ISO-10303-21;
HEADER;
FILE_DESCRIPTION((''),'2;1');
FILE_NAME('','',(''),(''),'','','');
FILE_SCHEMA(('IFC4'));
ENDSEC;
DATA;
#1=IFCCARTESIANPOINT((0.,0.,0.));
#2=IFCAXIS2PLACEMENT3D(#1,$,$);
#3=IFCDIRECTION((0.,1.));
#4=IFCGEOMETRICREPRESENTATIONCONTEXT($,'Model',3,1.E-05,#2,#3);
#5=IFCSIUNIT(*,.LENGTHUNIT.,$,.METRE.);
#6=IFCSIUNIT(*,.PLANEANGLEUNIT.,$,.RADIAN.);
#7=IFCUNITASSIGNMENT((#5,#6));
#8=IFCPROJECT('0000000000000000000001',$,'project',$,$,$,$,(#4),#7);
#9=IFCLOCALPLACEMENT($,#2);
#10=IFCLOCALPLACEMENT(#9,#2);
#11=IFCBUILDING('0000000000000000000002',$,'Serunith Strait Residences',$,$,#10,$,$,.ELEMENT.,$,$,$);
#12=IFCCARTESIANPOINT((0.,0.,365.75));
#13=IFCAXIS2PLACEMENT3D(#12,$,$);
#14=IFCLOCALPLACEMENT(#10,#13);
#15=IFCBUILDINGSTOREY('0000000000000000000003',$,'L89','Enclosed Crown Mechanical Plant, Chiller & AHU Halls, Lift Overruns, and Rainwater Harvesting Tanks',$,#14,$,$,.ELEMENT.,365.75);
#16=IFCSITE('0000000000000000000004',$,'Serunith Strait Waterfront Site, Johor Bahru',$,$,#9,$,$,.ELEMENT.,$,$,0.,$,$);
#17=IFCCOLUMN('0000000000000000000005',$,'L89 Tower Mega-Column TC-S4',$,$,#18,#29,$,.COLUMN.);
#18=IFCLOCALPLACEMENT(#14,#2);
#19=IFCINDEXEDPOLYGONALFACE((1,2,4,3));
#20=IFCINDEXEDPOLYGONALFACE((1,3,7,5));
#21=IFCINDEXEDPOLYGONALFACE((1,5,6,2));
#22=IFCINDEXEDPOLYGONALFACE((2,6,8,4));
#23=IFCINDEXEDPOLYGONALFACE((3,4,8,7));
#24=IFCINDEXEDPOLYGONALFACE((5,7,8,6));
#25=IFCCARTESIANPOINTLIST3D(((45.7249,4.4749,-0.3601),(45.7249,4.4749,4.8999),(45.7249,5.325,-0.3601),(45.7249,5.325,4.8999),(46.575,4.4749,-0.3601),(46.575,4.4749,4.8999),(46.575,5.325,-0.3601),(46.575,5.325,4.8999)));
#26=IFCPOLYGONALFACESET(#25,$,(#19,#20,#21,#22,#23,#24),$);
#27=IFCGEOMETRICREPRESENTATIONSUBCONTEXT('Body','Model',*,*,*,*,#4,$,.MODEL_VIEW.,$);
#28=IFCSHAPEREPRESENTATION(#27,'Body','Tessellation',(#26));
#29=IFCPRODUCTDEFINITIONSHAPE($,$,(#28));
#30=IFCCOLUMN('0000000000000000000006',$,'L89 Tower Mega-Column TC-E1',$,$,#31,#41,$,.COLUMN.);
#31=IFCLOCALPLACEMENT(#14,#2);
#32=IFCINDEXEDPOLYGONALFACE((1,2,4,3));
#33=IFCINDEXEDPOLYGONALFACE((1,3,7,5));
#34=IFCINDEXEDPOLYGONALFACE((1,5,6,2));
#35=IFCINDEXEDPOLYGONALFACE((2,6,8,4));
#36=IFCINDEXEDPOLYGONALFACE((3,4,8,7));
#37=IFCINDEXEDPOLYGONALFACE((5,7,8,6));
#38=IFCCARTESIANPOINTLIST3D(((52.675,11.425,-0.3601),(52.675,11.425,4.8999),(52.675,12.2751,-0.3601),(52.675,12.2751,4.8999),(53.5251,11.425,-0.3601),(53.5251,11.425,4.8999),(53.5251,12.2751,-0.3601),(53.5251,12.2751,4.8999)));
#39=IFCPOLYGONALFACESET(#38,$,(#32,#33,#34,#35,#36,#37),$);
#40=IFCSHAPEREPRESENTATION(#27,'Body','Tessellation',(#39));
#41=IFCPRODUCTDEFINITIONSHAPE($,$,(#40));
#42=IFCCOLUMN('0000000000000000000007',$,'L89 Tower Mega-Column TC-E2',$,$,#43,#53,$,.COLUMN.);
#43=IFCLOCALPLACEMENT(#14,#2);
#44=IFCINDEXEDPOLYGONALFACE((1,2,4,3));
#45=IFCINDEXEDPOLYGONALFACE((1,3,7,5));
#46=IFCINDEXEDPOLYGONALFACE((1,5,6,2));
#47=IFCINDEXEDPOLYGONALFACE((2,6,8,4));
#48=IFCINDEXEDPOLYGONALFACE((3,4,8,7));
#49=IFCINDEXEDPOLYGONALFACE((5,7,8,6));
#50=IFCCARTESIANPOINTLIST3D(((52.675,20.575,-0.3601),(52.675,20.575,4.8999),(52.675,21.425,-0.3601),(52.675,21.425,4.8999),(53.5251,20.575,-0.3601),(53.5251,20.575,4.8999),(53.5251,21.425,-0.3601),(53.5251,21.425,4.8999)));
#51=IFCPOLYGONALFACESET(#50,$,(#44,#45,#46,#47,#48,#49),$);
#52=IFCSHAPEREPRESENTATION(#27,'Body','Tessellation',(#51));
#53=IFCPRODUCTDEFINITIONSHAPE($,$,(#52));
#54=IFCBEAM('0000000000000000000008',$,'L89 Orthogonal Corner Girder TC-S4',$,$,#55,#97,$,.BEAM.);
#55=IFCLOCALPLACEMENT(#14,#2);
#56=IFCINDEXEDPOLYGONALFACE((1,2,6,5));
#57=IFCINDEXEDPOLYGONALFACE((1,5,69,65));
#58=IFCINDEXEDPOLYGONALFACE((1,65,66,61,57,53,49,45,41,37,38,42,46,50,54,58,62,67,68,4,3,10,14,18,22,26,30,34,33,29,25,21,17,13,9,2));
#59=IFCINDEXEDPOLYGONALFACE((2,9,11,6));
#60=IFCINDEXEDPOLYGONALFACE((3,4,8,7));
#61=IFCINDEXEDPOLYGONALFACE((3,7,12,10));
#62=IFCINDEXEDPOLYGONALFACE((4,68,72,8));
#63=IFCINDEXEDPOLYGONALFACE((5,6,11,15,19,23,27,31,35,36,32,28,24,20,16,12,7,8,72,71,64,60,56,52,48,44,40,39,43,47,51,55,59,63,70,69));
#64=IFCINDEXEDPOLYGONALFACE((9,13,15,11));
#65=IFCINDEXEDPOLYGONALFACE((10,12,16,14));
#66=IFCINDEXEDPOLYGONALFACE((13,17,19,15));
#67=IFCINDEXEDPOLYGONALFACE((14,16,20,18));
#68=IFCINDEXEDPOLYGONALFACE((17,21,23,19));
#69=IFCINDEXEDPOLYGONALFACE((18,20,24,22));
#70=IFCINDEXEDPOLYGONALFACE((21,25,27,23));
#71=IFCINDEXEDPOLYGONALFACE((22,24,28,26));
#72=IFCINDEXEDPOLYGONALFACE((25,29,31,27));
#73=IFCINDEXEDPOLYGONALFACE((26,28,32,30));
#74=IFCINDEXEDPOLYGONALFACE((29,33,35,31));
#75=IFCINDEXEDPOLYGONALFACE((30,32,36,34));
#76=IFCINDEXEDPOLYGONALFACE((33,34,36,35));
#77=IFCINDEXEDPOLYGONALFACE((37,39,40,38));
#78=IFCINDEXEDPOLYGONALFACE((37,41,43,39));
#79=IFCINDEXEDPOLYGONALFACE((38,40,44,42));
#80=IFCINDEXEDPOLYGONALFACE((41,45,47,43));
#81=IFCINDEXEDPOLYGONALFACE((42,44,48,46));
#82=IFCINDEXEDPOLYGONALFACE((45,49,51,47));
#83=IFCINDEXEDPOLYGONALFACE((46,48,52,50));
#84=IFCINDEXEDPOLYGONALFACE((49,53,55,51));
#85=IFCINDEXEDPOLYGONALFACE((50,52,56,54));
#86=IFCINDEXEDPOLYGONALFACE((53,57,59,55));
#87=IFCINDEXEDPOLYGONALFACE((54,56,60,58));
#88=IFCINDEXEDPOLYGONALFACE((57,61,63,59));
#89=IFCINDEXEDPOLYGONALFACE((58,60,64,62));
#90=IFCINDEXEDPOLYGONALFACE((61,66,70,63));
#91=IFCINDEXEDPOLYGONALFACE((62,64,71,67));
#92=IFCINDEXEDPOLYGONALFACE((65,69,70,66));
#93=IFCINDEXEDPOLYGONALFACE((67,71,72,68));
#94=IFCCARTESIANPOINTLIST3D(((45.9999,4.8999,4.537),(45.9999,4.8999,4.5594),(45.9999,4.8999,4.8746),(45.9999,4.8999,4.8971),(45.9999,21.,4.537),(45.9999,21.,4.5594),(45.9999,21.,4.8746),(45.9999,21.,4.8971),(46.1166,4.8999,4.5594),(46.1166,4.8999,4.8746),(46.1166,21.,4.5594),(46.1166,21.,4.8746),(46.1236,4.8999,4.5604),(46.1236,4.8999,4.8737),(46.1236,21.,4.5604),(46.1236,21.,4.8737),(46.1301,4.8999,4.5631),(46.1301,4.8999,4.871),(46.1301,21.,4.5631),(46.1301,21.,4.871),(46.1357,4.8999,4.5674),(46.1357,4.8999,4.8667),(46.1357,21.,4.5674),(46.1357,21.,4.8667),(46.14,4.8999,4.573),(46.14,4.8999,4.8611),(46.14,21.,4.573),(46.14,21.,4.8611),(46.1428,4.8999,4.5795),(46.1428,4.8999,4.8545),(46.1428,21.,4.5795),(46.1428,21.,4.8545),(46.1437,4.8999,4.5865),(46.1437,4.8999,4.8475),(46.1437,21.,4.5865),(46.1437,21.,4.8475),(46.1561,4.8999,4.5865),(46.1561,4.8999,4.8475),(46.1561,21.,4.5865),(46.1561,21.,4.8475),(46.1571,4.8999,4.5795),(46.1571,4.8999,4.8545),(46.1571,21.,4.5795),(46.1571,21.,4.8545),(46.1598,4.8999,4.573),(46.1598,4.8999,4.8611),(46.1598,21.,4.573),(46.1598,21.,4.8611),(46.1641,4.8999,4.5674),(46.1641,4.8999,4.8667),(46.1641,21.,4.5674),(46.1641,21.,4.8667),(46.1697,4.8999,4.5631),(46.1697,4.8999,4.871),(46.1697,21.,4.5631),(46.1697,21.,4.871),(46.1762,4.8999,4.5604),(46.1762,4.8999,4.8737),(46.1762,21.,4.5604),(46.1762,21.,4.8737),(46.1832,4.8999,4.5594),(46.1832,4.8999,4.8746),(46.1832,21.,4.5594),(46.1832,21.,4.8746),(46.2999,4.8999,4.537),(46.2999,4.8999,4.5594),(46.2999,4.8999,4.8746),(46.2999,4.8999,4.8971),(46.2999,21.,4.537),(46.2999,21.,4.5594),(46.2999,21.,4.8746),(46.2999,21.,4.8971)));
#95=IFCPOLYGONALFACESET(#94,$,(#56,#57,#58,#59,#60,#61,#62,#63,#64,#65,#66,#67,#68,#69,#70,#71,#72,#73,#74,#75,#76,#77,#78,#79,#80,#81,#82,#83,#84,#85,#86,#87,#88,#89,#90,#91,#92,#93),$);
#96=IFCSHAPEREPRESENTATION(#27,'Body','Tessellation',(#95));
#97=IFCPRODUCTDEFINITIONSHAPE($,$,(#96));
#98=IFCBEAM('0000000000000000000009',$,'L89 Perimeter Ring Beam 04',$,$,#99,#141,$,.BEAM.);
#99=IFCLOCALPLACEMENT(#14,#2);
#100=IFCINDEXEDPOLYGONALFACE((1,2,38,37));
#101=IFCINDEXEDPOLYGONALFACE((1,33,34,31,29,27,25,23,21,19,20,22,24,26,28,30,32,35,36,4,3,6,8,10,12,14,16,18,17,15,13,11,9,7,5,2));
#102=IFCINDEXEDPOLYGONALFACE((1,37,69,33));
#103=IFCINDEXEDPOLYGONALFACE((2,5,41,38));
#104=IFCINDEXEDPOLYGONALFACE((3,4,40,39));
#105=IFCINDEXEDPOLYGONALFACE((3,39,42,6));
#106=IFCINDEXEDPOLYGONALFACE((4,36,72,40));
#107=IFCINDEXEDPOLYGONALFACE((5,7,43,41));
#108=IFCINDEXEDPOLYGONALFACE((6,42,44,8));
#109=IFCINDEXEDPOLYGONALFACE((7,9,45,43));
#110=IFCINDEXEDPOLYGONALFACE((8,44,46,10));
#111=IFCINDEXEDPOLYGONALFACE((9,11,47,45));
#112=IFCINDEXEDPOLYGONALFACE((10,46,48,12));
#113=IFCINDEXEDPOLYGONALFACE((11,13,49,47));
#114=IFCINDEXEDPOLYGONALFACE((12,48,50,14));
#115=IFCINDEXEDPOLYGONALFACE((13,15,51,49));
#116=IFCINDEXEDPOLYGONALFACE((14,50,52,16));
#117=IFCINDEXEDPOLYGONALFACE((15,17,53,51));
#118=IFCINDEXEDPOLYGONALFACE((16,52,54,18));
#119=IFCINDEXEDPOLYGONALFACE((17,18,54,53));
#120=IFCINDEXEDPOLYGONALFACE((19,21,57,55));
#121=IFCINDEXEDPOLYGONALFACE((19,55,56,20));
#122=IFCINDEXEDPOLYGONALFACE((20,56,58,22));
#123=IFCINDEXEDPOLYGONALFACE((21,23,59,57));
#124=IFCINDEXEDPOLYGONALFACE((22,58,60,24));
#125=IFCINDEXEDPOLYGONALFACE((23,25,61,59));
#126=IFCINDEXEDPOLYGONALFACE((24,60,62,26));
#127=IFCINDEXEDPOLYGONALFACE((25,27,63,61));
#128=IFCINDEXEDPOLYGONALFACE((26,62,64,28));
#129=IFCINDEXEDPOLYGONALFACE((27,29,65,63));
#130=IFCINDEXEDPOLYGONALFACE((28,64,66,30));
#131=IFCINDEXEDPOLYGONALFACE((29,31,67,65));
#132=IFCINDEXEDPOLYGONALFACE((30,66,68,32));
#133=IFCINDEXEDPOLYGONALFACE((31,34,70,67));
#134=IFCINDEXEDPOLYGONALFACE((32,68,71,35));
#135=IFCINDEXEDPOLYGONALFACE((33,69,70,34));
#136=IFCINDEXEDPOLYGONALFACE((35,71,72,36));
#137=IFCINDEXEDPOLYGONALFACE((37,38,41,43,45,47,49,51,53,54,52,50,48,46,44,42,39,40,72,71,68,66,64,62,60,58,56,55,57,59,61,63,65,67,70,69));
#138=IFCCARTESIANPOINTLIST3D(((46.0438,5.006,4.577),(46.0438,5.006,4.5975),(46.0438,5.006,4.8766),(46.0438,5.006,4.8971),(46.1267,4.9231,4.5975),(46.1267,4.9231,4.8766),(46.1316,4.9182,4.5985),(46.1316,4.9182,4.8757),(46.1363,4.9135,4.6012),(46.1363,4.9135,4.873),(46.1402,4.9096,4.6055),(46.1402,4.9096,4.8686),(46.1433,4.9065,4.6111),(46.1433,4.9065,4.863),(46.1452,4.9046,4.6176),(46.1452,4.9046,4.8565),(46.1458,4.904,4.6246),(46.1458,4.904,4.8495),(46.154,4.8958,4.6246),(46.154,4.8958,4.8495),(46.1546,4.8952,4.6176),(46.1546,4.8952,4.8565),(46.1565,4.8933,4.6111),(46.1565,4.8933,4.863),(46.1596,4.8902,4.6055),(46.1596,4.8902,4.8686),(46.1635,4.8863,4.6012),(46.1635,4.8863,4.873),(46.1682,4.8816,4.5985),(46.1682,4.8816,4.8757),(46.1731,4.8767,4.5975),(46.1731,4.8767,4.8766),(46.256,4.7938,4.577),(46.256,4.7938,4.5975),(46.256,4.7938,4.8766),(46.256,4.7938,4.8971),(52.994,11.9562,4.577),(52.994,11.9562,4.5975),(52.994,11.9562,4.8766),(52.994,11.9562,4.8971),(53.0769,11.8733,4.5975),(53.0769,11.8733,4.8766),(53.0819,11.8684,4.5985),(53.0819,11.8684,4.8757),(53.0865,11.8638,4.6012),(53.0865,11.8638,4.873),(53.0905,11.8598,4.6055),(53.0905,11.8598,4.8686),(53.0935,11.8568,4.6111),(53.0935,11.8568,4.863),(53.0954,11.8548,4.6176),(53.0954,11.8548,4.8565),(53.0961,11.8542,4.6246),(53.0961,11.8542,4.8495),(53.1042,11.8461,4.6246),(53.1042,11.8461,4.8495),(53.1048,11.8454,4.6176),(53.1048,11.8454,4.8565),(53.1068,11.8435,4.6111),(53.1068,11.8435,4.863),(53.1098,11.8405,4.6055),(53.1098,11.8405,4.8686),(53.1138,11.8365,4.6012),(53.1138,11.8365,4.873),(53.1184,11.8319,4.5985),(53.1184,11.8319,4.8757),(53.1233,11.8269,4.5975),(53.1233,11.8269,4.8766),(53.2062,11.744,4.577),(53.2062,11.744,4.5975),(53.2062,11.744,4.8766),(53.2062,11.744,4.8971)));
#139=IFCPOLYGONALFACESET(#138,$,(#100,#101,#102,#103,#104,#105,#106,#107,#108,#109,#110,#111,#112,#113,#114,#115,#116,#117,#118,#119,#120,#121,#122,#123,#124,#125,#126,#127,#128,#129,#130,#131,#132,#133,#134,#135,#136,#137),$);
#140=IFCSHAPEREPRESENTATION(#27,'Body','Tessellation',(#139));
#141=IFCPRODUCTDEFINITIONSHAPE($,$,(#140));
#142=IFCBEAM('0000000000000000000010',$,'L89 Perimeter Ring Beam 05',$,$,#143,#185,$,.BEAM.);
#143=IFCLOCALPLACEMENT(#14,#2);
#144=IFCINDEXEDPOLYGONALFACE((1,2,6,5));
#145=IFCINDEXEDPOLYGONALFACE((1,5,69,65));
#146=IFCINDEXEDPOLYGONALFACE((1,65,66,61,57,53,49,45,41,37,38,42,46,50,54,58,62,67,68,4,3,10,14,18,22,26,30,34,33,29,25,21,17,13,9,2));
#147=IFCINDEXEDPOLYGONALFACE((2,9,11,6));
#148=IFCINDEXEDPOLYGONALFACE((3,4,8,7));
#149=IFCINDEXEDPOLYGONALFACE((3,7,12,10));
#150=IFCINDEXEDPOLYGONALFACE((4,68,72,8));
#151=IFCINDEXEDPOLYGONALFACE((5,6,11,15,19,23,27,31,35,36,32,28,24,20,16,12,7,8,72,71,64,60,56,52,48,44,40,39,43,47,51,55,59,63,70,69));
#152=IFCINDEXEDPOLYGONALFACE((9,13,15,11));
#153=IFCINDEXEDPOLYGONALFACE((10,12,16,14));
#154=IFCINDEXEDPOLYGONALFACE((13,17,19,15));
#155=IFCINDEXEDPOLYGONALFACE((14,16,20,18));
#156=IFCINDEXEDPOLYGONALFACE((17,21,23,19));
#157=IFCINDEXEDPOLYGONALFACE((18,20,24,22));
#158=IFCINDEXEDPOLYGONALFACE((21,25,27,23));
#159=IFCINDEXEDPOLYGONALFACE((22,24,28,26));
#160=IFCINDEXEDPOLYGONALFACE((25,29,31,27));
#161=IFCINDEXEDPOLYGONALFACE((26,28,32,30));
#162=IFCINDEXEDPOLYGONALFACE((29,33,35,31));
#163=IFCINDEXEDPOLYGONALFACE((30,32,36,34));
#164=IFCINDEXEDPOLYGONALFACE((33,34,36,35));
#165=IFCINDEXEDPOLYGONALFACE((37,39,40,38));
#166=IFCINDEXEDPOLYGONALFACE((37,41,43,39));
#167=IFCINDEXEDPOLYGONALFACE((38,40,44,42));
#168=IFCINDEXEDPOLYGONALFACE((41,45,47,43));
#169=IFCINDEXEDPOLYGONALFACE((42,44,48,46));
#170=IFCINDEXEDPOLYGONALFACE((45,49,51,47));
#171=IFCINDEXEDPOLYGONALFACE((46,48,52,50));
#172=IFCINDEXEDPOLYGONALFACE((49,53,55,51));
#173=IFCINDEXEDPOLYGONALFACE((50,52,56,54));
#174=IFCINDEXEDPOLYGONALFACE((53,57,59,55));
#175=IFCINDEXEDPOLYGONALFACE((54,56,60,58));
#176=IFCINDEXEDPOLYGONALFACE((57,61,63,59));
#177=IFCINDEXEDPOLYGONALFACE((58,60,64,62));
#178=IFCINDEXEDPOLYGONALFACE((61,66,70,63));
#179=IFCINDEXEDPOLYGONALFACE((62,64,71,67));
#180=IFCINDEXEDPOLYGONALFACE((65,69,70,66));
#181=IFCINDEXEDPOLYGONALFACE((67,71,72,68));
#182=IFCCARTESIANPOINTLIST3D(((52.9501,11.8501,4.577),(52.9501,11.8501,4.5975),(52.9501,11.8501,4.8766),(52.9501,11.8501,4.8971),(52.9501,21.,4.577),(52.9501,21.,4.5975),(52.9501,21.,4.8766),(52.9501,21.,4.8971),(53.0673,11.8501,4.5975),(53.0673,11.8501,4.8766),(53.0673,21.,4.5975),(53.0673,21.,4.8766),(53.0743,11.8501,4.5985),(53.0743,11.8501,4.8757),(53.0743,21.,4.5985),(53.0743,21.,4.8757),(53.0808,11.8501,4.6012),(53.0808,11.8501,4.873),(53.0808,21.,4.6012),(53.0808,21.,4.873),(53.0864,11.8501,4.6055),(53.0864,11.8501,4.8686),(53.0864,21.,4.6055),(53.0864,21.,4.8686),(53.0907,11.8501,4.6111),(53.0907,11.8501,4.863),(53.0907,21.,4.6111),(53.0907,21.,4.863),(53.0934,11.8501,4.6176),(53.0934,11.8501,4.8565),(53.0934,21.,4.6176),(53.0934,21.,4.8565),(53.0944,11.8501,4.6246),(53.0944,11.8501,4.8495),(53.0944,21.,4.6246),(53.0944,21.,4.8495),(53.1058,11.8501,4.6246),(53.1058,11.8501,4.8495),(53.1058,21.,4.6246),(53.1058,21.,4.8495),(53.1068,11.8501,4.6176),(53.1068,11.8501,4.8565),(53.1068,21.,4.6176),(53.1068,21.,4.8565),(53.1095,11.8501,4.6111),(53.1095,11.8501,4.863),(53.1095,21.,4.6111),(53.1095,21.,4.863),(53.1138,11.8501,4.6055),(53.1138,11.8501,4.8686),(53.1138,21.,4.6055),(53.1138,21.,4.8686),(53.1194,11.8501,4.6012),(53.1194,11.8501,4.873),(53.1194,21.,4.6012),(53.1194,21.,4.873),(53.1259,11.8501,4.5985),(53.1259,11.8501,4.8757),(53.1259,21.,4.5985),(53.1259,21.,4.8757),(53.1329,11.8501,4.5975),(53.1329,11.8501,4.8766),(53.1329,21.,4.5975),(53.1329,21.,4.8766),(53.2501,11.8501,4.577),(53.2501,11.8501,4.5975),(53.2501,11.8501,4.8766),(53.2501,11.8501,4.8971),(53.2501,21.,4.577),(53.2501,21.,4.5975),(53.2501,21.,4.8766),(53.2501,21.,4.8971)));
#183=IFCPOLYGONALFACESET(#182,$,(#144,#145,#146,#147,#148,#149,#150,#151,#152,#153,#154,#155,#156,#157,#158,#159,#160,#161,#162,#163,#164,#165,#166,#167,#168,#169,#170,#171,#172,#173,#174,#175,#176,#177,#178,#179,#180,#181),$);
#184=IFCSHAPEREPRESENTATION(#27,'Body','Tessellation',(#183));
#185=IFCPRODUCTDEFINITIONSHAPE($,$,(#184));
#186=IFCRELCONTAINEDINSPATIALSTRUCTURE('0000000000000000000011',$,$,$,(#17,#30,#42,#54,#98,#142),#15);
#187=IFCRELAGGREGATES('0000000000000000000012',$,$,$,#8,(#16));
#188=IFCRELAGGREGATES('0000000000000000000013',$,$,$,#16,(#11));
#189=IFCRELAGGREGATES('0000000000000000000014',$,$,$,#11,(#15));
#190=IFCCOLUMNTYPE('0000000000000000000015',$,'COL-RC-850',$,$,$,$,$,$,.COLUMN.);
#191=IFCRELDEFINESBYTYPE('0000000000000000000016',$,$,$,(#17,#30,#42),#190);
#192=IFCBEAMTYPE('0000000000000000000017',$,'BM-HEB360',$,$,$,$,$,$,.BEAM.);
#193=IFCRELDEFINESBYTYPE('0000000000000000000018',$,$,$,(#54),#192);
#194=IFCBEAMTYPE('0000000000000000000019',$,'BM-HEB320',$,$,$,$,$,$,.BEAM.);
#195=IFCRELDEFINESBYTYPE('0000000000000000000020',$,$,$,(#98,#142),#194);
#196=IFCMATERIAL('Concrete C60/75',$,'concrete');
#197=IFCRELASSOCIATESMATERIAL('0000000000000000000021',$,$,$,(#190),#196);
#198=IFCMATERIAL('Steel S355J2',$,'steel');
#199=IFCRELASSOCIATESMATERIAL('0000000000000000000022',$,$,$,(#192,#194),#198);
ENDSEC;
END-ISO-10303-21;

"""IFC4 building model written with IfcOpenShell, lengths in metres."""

from ifc_helpers import new_model, si_unit, direction, frame, origin, origin_2d, place, context, subcontext, project, spatial, rectangle, i_section, extrude, source, transform, mapped, material, material_profile, profile_set, type_object, element, save


model = new_model("IFC4")

# Units and contexts
model_context = context("Model", 3, precision=1e-05, world=origin(), true_north=direction((0.0, 1.0)))
body_context = subcontext(model_context, "Body", "Model", "MODEL_VIEW")
ifc_project = project(units=[si_unit("LENGTHUNIT", "METRE"), si_unit("PLANEANGLEUNIT", "RADIAN")], contexts=[model_context])

# Site, building, storey
site_placement = place(None, origin())
site = spatial("IfcSite", under=ifc_project, at=site_placement, Name="Serunith Strait Waterfront Site, Johor Bahru", CompositionType="ELEMENT", RefElevation=0.0)
building_placement = place(site_placement, origin())
building = spatial("IfcBuilding", under=site, at=building_placement, Name="Serunith Strait Residences", CompositionType="ELEMENT")
storey_placement = place(building_placement, frame((0.0, 0.0, 365.75)))
storey = spatial("IfcBuildingStorey", under=building, at=storey_placement, Name="L89", Description="Enclosed Crown Mechanical Plant, Chiller & AHU Halls, Lift Overruns, and Rainwater Harvesting Tanks", CompositionType="ELEMENT", Elevation=365.75)

# Columns
ifc_material_1 = material(Name="Concrete C60/75", Category="concrete")
ifc_material_profile_1 = material_profile(ifc_material_1, rectangle(XDim=0.8501, YDim=0.8501, at=origin_2d()), Name="RC 850x850")
ifc_profile_set_1 = profile_set([ifc_material_profile_1], Name="Concrete C60/75")
column_type = type_object("IfcColumnType", Name="COL-RC-850", PredefinedType="COLUMN", material=ifc_profile_set_1)
shared_shape_1 = source(origin(), body_context, "Body", "SweptSolid", [
    extrude(rectangle(XDim=0.8501, YDim=0.8501, at=origin_2d()), origin(), (0.0, 0.0, 1.0), 5.26),
])
for number, where, z_axis, x_axis, name in (
    (1, (46.1499, 4.8999, -0.3601), (0.0, 0.0, 1.0), (1.0, 0.0, 0.0), "L89 Tower Mega-Column TC-S4"),
    (2, (53.1001, 11.8501, -0.3601), (0.0, 0.0, 1.0), (1.0, 0.0, 0.0), "L89 Tower Mega-Column TC-E1"),
    (3, (53.1001, 21.0, -0.3601), (0.0, 0.0, 1.0), (1.0, 0.0, 0.0), "L89 Tower Mega-Column TC-E2"),
):
    element("IfcColumn", number, at=place(storey_placement, frame(where, z_axis=z_axis, x_axis=x_axis)), inside=storey, type_object=column_type, Name=name, PredefinedType="COLUMN", context=body_context, shape_type="MappedRepresentation", body=[
        mapped(shared_shape_1, transform((0.0, 0.0, 0.0), scale=1.0)),
    ])

# Beams
ifc_material_2 = material(Name="Steel S355J2", Category="steel")
ifc_material_profile_2 = material_profile(ifc_material_2, i_section(OverallWidth=0.3, OverallDepth=0.3601, WebThickness=0.0125, FlangeThickness=0.0225, FilletRadius=0.0271, at=origin_2d()), Name="HEB 360")
ifc_profile_set_2 = profile_set([ifc_material_profile_2], Name="Steel S355J2")
beam_type_1 = type_object("IfcBeamType", Name="BM-HEB360", PredefinedType="BEAM", material=ifc_profile_set_2)
shared_shape_2 = source(origin(), body_context, "Body", "SweptSolid", [
    extrude(i_section(OverallWidth=0.3, OverallDepth=0.3601, WebThickness=0.0125, FlangeThickness=0.0225, FilletRadius=0.0271, at=origin_2d()), origin(), (0.0, 0.0, 1.0), 16.1001),
])
beam_1_placement = place(storey_placement, frame((46.1499, 21.0, 4.717), z_axis=(0.0, -1.0, 0.0), x_axis=(1.0, 0.0, 0.0)))
element("IfcBeam", 4, at=beam_1_placement, inside=storey, type_object=beam_type_1, Name="L89 Orthogonal Corner Girder TC-S4", PredefinedType="BEAM", context=body_context, shape_type="MappedRepresentation", body=[
    mapped(shared_shape_2, transform((0.0, 0.0, 0.0), scale=1.0)),
])
ifc_material_profile_3 = material_profile(ifc_material_2, i_section(OverallWidth=0.3, OverallDepth=0.3201, WebThickness=0.0115, FlangeThickness=0.0205, FilletRadius=0.0271, at=origin_2d()), Name="HEB 320")
ifc_profile_set_3 = profile_set([ifc_material_profile_3], Name="Steel S355J2")
beam_type_2 = type_object("IfcBeamType", Name="BM-HEB320", PredefinedType="BEAM", material=ifc_profile_set_3)
shared_shape_3 = source(origin(), body_context, "Body", "SweptSolid", [
    extrude(i_section(OverallWidth=0.3, OverallDepth=0.3201, WebThickness=0.0115, FlangeThickness=0.0205, FilletRadius=0.0271, at=origin_2d()), origin(), (0.0, 0.0, 1.0), 9.8291),
])
beam_2_placement = place(storey_placement, frame((46.1499, 4.8999, 4.7371), z_axis=(0.707107, 0.707107, 0.0), x_axis=(-0.707107, 0.707107, 0.0)))
element("IfcBeam", 5, at=beam_2_placement, inside=storey, type_object=beam_type_2, Name="L89 Perimeter Ring Beam 04", PredefinedType="BEAM", context=body_context, shape_type="MappedRepresentation", body=[
    mapped(shared_shape_3, transform((0.0, 0.0, 0.0), scale=1.0)),
])
shared_shape_4 = source(origin(), body_context, "Body", "SweptSolid", [
    extrude(i_section(OverallWidth=0.3, OverallDepth=0.3201, WebThickness=0.0115, FlangeThickness=0.0205, FilletRadius=0.0271, at=origin_2d()), origin(), (0.0, 0.0, 1.0), 9.1499),
])
beam_3_placement = place(storey_placement, frame((53.1001, 11.8501, 4.7371), z_axis=(0.0, 1.0, 0.0), x_axis=(-1.0, 0.0, 0.0)))
element("IfcBeam", 6, at=beam_3_placement, inside=storey, type_object=beam_type_2, Name="L89 Perimeter Ring Beam 05", PredefinedType="BEAM", context=body_context, shape_type="MappedRepresentation", body=[
    mapped(shared_shape_4, transform((0.0, 0.0, 0.0), scale=1.0)),
])

save(model, "model.ifc")
